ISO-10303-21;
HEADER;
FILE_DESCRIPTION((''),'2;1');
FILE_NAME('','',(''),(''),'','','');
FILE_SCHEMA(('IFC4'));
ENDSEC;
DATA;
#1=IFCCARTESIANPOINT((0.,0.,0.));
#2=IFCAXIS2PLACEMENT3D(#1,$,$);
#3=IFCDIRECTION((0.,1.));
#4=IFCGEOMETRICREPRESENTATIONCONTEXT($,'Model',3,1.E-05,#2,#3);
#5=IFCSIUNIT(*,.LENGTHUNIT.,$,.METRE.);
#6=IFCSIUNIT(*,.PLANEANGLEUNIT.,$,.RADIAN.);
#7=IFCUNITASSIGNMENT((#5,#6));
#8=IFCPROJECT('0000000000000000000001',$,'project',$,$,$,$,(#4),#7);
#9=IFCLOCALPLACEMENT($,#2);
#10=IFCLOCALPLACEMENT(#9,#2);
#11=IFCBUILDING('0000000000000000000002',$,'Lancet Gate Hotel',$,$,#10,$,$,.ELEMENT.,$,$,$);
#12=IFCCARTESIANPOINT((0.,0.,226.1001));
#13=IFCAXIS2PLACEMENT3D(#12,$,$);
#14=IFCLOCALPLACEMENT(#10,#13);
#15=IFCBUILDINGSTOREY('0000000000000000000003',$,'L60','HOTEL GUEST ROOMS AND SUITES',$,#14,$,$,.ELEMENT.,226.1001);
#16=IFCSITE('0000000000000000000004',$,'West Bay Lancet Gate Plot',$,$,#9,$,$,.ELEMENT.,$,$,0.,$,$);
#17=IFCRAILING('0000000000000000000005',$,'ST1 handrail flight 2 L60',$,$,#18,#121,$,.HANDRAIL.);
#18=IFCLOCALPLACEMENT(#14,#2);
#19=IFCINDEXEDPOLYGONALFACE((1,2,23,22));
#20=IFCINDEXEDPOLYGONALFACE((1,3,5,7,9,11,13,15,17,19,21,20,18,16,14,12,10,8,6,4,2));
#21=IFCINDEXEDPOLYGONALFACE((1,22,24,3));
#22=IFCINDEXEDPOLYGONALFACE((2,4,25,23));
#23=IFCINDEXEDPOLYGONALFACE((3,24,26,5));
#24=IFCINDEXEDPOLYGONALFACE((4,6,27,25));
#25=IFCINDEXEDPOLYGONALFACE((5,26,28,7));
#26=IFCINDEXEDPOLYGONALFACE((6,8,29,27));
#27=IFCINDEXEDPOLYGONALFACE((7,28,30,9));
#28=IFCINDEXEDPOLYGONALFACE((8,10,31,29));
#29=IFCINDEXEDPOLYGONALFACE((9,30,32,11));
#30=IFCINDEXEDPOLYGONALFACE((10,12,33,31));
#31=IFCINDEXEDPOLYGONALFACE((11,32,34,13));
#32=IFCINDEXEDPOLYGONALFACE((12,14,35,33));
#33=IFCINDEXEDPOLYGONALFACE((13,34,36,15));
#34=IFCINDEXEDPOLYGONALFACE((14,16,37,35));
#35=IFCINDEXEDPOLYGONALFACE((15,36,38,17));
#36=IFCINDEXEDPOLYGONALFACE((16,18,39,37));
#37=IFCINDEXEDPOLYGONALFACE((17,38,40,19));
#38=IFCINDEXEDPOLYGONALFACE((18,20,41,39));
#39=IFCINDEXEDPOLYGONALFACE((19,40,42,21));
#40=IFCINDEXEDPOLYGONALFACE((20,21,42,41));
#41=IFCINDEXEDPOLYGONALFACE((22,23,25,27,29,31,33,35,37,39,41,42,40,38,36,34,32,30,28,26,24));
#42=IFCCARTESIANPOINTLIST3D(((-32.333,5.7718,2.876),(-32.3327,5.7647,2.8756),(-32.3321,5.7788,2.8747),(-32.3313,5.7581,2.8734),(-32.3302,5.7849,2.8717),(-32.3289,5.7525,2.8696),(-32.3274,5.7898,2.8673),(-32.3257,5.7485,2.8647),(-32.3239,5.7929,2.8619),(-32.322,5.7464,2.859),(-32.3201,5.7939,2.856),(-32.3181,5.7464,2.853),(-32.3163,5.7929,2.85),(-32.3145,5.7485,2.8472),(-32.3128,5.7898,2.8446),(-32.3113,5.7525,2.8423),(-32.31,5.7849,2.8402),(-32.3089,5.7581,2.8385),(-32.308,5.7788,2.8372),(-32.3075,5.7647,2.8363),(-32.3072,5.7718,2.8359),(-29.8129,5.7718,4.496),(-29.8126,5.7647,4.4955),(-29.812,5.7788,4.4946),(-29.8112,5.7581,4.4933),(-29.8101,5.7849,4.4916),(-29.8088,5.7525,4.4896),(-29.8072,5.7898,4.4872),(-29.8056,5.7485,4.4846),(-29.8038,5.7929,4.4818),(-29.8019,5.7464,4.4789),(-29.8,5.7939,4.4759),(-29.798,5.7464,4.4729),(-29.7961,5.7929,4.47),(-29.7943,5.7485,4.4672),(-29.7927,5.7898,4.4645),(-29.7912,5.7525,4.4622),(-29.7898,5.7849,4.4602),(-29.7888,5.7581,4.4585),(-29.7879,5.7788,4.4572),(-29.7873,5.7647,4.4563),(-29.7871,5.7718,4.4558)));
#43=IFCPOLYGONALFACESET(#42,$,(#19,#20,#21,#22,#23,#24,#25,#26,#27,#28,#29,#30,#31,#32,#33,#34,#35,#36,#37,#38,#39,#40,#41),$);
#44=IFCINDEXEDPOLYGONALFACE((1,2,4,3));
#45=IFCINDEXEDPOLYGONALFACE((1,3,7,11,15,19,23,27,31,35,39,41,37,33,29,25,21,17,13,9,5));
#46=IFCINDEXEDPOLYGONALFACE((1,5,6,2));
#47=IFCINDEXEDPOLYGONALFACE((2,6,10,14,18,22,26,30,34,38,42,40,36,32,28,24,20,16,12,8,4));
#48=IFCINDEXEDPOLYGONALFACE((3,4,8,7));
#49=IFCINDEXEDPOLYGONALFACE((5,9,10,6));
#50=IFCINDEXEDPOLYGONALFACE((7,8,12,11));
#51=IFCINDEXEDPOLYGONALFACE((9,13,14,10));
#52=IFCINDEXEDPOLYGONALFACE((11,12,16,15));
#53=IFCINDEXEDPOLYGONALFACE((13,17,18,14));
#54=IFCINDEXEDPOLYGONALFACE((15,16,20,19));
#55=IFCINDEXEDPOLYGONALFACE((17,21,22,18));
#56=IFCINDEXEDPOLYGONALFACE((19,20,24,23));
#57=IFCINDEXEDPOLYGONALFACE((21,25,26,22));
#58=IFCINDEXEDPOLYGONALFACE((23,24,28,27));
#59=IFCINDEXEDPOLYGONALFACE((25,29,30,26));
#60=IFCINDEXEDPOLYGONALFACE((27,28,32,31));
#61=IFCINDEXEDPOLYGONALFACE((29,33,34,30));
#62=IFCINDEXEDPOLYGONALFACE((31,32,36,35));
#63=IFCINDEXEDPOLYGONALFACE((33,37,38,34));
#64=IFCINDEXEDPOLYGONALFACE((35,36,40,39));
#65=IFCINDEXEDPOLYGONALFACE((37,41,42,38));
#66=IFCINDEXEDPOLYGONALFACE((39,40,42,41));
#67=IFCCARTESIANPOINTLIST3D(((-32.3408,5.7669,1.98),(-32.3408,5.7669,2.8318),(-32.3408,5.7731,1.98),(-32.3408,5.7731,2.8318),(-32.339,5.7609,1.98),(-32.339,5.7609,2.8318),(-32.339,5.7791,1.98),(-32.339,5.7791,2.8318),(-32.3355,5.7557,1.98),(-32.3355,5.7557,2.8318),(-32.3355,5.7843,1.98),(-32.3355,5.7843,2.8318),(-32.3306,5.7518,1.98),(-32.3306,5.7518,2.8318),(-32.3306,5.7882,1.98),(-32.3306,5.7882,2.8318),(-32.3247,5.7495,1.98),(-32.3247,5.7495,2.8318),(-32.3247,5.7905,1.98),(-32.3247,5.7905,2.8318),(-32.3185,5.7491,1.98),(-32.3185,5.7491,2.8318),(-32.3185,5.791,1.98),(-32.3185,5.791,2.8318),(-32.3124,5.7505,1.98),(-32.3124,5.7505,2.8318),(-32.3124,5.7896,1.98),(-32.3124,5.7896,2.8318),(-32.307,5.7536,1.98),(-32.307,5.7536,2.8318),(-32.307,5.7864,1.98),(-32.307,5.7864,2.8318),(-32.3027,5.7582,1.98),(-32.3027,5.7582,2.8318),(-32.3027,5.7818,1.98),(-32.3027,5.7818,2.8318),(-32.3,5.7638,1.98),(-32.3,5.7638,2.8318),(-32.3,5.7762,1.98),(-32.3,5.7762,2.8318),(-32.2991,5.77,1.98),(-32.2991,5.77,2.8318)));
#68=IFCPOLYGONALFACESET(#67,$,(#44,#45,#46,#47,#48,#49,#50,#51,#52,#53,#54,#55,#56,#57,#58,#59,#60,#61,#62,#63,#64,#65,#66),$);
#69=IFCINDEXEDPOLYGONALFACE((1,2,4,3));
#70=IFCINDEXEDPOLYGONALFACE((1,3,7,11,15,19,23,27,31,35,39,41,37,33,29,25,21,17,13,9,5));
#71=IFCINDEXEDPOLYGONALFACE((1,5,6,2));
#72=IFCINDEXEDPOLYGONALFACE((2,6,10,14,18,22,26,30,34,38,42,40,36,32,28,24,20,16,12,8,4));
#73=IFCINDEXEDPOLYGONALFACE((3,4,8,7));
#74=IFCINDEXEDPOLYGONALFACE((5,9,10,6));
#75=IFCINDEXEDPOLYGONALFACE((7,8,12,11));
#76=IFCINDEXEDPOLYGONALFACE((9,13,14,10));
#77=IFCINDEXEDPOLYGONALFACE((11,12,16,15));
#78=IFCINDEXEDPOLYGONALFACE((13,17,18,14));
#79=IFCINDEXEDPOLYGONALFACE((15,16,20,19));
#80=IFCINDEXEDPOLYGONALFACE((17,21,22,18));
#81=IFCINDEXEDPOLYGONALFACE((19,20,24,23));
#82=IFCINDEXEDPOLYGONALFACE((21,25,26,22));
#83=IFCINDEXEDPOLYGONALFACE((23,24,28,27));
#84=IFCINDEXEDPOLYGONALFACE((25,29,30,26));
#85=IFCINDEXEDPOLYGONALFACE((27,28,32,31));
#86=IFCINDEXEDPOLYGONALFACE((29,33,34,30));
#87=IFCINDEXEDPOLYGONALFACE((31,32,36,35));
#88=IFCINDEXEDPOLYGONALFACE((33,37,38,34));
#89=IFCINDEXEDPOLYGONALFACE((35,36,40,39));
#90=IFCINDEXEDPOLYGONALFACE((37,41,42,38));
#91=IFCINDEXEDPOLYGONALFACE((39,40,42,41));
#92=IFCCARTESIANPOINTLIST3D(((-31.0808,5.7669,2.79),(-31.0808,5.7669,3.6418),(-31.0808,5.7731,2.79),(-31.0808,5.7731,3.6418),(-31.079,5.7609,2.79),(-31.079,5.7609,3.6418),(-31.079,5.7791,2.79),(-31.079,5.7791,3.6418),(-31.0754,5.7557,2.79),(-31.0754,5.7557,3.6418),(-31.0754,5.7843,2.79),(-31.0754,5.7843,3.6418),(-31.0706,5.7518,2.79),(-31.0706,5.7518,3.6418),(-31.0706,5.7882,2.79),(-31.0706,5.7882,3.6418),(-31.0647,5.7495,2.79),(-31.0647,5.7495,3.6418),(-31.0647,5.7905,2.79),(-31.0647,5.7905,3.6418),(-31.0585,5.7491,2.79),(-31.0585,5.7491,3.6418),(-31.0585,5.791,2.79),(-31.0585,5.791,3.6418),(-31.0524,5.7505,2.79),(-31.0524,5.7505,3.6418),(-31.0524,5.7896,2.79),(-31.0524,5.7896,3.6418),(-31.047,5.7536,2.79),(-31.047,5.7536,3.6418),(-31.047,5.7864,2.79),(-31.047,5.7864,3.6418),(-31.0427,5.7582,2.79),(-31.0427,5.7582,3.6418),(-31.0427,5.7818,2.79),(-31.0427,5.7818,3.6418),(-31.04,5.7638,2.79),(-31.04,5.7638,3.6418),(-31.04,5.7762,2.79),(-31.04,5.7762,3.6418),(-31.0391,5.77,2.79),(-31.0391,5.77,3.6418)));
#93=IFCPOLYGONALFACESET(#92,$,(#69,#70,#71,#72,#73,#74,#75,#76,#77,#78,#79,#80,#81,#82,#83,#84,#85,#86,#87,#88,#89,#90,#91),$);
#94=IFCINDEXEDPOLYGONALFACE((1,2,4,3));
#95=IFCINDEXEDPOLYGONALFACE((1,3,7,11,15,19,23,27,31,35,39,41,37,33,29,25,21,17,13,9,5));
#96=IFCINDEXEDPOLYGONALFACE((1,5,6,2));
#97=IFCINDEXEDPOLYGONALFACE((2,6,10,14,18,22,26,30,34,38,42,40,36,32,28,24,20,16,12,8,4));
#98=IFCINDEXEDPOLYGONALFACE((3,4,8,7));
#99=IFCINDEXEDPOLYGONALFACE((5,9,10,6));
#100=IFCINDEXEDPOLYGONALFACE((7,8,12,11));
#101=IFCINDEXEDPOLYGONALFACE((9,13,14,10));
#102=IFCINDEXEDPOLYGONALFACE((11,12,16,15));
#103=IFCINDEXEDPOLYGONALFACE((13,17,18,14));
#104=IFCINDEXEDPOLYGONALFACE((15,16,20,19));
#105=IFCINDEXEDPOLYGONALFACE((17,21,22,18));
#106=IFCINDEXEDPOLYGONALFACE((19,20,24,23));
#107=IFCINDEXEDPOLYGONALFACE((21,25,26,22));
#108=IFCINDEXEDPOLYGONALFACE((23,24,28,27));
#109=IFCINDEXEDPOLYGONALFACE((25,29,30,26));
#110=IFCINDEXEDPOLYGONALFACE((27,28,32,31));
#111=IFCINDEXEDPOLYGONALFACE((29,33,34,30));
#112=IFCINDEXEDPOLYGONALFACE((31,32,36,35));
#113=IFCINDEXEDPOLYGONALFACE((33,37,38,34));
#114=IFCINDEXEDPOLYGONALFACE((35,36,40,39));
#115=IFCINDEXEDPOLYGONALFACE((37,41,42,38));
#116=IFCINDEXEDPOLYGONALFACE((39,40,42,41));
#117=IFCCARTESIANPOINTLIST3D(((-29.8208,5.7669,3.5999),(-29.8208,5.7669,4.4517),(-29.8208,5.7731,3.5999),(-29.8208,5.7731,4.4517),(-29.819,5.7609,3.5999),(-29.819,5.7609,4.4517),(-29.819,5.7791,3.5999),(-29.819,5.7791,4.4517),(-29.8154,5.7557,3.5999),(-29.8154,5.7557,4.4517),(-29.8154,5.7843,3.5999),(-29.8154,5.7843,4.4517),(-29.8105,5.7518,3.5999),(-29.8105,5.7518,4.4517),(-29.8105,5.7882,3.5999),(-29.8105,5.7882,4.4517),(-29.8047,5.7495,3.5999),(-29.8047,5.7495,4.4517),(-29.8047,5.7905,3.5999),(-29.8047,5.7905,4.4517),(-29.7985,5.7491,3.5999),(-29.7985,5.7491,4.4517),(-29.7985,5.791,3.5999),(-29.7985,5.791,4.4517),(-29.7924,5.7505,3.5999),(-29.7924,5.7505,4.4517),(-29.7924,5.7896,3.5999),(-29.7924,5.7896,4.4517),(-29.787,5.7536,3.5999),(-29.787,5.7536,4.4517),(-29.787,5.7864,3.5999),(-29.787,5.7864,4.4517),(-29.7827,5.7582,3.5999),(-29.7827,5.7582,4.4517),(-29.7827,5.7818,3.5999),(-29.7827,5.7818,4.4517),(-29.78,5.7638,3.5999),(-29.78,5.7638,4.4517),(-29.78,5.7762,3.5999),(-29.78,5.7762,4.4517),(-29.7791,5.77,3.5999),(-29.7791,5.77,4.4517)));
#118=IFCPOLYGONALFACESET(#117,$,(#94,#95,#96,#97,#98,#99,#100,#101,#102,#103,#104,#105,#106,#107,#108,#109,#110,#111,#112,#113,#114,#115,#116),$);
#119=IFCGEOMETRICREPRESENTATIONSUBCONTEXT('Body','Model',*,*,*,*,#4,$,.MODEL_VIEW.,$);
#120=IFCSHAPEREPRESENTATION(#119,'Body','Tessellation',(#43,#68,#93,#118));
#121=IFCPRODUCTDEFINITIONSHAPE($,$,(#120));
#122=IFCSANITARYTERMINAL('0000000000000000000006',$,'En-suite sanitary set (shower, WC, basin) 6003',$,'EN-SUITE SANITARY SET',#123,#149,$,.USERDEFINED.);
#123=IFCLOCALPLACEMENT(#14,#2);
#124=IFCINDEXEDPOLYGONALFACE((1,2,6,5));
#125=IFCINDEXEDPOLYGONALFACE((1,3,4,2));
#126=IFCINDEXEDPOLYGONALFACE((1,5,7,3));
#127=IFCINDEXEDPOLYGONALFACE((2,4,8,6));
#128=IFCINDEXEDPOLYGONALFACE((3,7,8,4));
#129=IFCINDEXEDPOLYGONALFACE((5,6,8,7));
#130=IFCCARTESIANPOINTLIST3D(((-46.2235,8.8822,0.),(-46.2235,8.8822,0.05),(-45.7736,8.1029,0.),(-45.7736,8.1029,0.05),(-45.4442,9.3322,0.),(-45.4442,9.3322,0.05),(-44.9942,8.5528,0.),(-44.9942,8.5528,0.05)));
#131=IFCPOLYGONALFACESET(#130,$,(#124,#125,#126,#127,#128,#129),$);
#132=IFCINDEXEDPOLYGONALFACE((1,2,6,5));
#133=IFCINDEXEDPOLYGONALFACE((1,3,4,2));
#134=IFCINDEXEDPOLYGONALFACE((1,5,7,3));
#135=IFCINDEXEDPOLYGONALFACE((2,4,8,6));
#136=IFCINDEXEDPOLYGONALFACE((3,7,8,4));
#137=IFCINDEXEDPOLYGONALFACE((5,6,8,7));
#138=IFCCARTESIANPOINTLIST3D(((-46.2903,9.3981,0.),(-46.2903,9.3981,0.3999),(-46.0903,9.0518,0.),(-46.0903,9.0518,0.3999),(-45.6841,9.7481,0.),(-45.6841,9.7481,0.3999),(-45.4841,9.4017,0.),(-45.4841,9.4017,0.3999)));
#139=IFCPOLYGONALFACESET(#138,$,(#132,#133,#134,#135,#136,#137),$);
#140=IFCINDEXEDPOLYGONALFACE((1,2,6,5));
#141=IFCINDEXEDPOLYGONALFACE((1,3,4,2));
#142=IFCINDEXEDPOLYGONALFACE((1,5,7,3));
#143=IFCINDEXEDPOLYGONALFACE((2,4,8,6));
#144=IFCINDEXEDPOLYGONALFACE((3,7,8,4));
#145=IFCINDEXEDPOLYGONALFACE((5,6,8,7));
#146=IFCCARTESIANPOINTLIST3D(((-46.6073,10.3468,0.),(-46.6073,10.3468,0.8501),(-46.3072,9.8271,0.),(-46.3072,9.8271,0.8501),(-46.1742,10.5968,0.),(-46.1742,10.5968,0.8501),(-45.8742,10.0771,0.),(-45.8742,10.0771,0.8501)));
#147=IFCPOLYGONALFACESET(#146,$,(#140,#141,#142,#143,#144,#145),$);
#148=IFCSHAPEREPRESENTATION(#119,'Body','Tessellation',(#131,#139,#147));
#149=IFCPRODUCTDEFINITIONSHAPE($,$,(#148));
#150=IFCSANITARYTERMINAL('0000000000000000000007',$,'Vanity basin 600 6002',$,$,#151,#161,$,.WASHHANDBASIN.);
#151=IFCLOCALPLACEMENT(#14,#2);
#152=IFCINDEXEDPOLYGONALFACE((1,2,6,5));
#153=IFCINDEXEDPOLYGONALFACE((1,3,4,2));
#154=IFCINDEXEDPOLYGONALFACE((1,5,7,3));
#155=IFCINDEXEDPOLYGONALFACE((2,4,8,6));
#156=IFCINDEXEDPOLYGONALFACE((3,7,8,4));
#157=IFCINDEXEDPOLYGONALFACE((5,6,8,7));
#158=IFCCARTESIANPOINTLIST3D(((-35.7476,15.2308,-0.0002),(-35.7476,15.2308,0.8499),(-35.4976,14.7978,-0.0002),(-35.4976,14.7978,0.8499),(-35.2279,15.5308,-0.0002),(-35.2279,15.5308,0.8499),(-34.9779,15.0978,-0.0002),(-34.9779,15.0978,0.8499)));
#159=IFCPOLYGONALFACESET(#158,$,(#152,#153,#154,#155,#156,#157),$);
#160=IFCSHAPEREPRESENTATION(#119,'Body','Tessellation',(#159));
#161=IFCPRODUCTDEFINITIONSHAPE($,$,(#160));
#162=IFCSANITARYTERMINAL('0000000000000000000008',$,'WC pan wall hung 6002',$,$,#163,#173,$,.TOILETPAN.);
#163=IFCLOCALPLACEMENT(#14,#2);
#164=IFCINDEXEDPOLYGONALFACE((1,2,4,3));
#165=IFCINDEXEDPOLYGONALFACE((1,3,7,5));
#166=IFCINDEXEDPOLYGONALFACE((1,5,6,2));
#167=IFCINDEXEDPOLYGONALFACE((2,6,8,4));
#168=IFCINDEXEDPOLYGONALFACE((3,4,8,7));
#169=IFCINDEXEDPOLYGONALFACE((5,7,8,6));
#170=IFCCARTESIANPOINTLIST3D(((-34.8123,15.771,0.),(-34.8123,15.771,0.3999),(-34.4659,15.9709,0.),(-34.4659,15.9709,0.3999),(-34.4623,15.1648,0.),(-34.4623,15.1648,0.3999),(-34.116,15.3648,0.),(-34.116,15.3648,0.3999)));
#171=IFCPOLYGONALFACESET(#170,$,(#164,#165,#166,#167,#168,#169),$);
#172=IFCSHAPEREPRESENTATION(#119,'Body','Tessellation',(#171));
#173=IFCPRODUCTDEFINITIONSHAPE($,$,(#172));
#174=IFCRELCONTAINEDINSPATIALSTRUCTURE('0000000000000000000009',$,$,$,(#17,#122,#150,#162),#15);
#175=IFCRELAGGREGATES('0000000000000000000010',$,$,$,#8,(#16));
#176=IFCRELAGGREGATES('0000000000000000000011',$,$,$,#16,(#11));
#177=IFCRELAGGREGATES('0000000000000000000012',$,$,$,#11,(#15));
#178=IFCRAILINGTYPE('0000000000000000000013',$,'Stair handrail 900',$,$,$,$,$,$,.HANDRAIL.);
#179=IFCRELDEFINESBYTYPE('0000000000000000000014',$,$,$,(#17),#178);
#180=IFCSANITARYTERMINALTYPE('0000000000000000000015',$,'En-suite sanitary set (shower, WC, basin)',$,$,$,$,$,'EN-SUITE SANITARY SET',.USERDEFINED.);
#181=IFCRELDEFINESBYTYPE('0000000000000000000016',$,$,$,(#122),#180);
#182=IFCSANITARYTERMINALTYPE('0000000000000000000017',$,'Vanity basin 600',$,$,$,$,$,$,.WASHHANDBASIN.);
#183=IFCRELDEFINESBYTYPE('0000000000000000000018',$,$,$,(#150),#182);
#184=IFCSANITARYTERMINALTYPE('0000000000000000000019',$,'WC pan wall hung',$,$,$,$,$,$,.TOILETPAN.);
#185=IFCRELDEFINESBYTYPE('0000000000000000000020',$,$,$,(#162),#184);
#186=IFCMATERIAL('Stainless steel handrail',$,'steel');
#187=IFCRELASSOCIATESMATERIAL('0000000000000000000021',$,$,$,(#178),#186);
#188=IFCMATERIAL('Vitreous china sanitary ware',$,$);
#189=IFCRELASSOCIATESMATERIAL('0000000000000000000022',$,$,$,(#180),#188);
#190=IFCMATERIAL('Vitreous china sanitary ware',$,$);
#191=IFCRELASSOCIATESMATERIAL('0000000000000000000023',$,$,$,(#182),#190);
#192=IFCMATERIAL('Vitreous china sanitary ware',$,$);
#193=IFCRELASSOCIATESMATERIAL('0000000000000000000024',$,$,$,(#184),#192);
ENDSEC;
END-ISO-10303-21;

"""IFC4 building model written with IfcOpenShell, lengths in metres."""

from ifc_helpers import new_model, si_unit, direction, frame, origin, origin_2d, place, context, subcontext, project, spatial, rectangle, circle, extrude, material, type_object, element, save


model = new_model("IFC4")

# Units and contexts
model_context = context("Model", 3, precision=1e-05, world=origin(), true_north=direction((0.0, 1.0)))
body_context = subcontext(model_context, "Body", "Model", "MODEL_VIEW")
ifc_project = project(units=[si_unit("LENGTHUNIT", "METRE"), si_unit("PLANEANGLEUNIT", "RADIAN")], contexts=[model_context])

# Site, building, storey
site_placement = place(None, origin())
site = spatial("IfcSite", under=ifc_project, at=site_placement, Name="West Bay Lancet Gate Plot", CompositionType="ELEMENT", RefElevation=0.0)
building_placement = place(site_placement, origin())
building = spatial("IfcBuilding", under=site, at=building_placement, Name="Lancet Gate Hotel", CompositionType="ELEMENT")
storey_placement = place(building_placement, frame((0.0, 0.0, 226.1001)))
storey = spatial("IfcBuildingStorey", under=building, at=storey_placement, Name="L60", Description="HOTEL GUEST ROOMS AND SUITES", CompositionType="ELEMENT", Elevation=226.1001)

# Railing
ifc_material_1 = material(Name="Stainless steel handrail", Category="steel")
railing_type = type_object("IfcRailingType", Name="Stair handrail 900", PredefinedType="HANDRAIL", material=ifc_material_1)
railing_1_placement = place(storey_placement, frame((-32.3201, 5.77, 1.98)))
element("IfcRailing", 1, at=railing_1_placement, inside=storey, type_object=railing_type, Name="ST1 handrail flight 2 L60", PredefinedType="HANDRAIL", context=body_context, shape_type="SweptSolid", body=[
    extrude(circle(Radius=0.0239, at=origin_2d()), frame((0.0, 0.0, 0.876), z_axis=(0.8412, 0.0, 0.540725), x_axis=(0.0, 1.0, 0.0)), (0.0, 0.0, 1.0), 2.9958),
    extrude(circle(Radius=0.021, at=origin_2d()), origin(), (0.0, 0.0, 1.0), 0.8518),
    extrude(circle(Radius=0.021, at=origin_2d()), frame((1.26, 0.0, 0.8101)), (0.0, 0.0, 1.0), 0.8518),
    extrude(circle(Radius=0.021, at=origin_2d()), frame((2.52, 0.0, 1.6199)), (0.0, 0.0, 1.0), 0.8518),
])

# Sanitary terminals
ifc_material_2 = material(Name="Vitreous china sanitary ware")
sanitary_terminal_type_1 = type_object("IfcSanitaryTerminalType", Name="En-suite sanitary set (shower, WC, basin)", ElementType="EN-SUITE SANITARY SET", PredefinedType="USERDEFINED", material=ifc_material_2)
sanitary_terminal_1_placement = place(storey_placement, frame((-45.6089, 8.7175, 0.0), z_axis=(0.0, 0.0, 1.0), x_axis=(1.0, 0.0, 0.0)))
element("IfcSanitaryTerminal", 2, at=sanitary_terminal_1_placement, inside=storey, type_object=sanitary_terminal_type_1, Name="En-suite sanitary set (shower, WC, basin) 6003", ObjectType="EN-SUITE SANITARY SET", PredefinedType="USERDEFINED", context=body_context, shape_type="SweptSolid", body=[
    extrude(rectangle(XDim=0.8999, YDim=0.8999, at=origin_2d()), frame((0.0, 0.0, 0.0), z_axis=(0.0, 0.0, 1.0), x_axis=(0.5, -0.866025, 0.0)), (0.0, 0.0, 1.0), 0.05),
    extrude(rectangle(XDim=0.3999, YDim=0.7, at=origin_2d()), frame((-0.2783, 0.6824, 0.0), z_axis=(0.0, 0.0, 1.0), x_axis=(0.5, -0.866025, 0.0)), (0.0, 0.0, 1.0), 0.3999),
    extrude(rectangle(XDim=0.6001, YDim=0.5, at=origin_2d()), frame((-0.6318, 1.4944, 0.0), z_axis=(0.0, 0.0, 1.0), x_axis=(0.5, -0.866025, 0.0)), (0.0, 0.0, 1.0), 0.8501),
])
ifc_material_3 = material(Name="Vitreous china sanitary ware")
sanitary_terminal_type_2 = type_object("IfcSanitaryTerminalType", Name="Vanity basin 600", PredefinedType="WASHHANDBASIN", material=ifc_material_3)
sanitary_terminal_2_placement = place(storey_placement, frame((-35.3628, 15.1643, -0.0002), z_axis=(0.0, 0.0, 1.0), x_axis=(0.866025, 0.5, 0.0)))
element("IfcSanitaryTerminal", 3, at=sanitary_terminal_2_placement, inside=storey, type_object=sanitary_terminal_type_2, Name="Vanity basin 600 6002", PredefinedType="WASHHANDBASIN", context=body_context, shape_type="SweptSolid", body=[
    extrude(rectangle(XDim=0.6001, YDim=0.5, at=origin_2d()), origin(), (0.0, 0.0, 1.0), 0.8501),
])
ifc_material_4 = material(Name="Vitreous china sanitary ware")
sanitary_terminal_type_3 = type_object("IfcSanitaryTerminalType", Name="WC pan wall hung", PredefinedType="TOILETPAN", material=ifc_material_4)
sanitary_terminal_3_placement = place(storey_placement, frame((-34.4641, 15.5679, 0.0), z_axis=(0.0, 0.0, 1.0), x_axis=(0.866025, 0.5, 0.0)))
element("IfcSanitaryTerminal", 4, at=sanitary_terminal_3_placement, inside=storey, type_object=sanitary_terminal_type_3, Name="WC pan wall hung 6002", PredefinedType="TOILETPAN", context=body_context, shape_type="SweptSolid", body=[
    extrude(rectangle(XDim=0.3999, YDim=0.7, at=origin_2d()), origin(), (0.0, 0.0, 1.0), 0.3999),
])

save(model, "model.ifc")
